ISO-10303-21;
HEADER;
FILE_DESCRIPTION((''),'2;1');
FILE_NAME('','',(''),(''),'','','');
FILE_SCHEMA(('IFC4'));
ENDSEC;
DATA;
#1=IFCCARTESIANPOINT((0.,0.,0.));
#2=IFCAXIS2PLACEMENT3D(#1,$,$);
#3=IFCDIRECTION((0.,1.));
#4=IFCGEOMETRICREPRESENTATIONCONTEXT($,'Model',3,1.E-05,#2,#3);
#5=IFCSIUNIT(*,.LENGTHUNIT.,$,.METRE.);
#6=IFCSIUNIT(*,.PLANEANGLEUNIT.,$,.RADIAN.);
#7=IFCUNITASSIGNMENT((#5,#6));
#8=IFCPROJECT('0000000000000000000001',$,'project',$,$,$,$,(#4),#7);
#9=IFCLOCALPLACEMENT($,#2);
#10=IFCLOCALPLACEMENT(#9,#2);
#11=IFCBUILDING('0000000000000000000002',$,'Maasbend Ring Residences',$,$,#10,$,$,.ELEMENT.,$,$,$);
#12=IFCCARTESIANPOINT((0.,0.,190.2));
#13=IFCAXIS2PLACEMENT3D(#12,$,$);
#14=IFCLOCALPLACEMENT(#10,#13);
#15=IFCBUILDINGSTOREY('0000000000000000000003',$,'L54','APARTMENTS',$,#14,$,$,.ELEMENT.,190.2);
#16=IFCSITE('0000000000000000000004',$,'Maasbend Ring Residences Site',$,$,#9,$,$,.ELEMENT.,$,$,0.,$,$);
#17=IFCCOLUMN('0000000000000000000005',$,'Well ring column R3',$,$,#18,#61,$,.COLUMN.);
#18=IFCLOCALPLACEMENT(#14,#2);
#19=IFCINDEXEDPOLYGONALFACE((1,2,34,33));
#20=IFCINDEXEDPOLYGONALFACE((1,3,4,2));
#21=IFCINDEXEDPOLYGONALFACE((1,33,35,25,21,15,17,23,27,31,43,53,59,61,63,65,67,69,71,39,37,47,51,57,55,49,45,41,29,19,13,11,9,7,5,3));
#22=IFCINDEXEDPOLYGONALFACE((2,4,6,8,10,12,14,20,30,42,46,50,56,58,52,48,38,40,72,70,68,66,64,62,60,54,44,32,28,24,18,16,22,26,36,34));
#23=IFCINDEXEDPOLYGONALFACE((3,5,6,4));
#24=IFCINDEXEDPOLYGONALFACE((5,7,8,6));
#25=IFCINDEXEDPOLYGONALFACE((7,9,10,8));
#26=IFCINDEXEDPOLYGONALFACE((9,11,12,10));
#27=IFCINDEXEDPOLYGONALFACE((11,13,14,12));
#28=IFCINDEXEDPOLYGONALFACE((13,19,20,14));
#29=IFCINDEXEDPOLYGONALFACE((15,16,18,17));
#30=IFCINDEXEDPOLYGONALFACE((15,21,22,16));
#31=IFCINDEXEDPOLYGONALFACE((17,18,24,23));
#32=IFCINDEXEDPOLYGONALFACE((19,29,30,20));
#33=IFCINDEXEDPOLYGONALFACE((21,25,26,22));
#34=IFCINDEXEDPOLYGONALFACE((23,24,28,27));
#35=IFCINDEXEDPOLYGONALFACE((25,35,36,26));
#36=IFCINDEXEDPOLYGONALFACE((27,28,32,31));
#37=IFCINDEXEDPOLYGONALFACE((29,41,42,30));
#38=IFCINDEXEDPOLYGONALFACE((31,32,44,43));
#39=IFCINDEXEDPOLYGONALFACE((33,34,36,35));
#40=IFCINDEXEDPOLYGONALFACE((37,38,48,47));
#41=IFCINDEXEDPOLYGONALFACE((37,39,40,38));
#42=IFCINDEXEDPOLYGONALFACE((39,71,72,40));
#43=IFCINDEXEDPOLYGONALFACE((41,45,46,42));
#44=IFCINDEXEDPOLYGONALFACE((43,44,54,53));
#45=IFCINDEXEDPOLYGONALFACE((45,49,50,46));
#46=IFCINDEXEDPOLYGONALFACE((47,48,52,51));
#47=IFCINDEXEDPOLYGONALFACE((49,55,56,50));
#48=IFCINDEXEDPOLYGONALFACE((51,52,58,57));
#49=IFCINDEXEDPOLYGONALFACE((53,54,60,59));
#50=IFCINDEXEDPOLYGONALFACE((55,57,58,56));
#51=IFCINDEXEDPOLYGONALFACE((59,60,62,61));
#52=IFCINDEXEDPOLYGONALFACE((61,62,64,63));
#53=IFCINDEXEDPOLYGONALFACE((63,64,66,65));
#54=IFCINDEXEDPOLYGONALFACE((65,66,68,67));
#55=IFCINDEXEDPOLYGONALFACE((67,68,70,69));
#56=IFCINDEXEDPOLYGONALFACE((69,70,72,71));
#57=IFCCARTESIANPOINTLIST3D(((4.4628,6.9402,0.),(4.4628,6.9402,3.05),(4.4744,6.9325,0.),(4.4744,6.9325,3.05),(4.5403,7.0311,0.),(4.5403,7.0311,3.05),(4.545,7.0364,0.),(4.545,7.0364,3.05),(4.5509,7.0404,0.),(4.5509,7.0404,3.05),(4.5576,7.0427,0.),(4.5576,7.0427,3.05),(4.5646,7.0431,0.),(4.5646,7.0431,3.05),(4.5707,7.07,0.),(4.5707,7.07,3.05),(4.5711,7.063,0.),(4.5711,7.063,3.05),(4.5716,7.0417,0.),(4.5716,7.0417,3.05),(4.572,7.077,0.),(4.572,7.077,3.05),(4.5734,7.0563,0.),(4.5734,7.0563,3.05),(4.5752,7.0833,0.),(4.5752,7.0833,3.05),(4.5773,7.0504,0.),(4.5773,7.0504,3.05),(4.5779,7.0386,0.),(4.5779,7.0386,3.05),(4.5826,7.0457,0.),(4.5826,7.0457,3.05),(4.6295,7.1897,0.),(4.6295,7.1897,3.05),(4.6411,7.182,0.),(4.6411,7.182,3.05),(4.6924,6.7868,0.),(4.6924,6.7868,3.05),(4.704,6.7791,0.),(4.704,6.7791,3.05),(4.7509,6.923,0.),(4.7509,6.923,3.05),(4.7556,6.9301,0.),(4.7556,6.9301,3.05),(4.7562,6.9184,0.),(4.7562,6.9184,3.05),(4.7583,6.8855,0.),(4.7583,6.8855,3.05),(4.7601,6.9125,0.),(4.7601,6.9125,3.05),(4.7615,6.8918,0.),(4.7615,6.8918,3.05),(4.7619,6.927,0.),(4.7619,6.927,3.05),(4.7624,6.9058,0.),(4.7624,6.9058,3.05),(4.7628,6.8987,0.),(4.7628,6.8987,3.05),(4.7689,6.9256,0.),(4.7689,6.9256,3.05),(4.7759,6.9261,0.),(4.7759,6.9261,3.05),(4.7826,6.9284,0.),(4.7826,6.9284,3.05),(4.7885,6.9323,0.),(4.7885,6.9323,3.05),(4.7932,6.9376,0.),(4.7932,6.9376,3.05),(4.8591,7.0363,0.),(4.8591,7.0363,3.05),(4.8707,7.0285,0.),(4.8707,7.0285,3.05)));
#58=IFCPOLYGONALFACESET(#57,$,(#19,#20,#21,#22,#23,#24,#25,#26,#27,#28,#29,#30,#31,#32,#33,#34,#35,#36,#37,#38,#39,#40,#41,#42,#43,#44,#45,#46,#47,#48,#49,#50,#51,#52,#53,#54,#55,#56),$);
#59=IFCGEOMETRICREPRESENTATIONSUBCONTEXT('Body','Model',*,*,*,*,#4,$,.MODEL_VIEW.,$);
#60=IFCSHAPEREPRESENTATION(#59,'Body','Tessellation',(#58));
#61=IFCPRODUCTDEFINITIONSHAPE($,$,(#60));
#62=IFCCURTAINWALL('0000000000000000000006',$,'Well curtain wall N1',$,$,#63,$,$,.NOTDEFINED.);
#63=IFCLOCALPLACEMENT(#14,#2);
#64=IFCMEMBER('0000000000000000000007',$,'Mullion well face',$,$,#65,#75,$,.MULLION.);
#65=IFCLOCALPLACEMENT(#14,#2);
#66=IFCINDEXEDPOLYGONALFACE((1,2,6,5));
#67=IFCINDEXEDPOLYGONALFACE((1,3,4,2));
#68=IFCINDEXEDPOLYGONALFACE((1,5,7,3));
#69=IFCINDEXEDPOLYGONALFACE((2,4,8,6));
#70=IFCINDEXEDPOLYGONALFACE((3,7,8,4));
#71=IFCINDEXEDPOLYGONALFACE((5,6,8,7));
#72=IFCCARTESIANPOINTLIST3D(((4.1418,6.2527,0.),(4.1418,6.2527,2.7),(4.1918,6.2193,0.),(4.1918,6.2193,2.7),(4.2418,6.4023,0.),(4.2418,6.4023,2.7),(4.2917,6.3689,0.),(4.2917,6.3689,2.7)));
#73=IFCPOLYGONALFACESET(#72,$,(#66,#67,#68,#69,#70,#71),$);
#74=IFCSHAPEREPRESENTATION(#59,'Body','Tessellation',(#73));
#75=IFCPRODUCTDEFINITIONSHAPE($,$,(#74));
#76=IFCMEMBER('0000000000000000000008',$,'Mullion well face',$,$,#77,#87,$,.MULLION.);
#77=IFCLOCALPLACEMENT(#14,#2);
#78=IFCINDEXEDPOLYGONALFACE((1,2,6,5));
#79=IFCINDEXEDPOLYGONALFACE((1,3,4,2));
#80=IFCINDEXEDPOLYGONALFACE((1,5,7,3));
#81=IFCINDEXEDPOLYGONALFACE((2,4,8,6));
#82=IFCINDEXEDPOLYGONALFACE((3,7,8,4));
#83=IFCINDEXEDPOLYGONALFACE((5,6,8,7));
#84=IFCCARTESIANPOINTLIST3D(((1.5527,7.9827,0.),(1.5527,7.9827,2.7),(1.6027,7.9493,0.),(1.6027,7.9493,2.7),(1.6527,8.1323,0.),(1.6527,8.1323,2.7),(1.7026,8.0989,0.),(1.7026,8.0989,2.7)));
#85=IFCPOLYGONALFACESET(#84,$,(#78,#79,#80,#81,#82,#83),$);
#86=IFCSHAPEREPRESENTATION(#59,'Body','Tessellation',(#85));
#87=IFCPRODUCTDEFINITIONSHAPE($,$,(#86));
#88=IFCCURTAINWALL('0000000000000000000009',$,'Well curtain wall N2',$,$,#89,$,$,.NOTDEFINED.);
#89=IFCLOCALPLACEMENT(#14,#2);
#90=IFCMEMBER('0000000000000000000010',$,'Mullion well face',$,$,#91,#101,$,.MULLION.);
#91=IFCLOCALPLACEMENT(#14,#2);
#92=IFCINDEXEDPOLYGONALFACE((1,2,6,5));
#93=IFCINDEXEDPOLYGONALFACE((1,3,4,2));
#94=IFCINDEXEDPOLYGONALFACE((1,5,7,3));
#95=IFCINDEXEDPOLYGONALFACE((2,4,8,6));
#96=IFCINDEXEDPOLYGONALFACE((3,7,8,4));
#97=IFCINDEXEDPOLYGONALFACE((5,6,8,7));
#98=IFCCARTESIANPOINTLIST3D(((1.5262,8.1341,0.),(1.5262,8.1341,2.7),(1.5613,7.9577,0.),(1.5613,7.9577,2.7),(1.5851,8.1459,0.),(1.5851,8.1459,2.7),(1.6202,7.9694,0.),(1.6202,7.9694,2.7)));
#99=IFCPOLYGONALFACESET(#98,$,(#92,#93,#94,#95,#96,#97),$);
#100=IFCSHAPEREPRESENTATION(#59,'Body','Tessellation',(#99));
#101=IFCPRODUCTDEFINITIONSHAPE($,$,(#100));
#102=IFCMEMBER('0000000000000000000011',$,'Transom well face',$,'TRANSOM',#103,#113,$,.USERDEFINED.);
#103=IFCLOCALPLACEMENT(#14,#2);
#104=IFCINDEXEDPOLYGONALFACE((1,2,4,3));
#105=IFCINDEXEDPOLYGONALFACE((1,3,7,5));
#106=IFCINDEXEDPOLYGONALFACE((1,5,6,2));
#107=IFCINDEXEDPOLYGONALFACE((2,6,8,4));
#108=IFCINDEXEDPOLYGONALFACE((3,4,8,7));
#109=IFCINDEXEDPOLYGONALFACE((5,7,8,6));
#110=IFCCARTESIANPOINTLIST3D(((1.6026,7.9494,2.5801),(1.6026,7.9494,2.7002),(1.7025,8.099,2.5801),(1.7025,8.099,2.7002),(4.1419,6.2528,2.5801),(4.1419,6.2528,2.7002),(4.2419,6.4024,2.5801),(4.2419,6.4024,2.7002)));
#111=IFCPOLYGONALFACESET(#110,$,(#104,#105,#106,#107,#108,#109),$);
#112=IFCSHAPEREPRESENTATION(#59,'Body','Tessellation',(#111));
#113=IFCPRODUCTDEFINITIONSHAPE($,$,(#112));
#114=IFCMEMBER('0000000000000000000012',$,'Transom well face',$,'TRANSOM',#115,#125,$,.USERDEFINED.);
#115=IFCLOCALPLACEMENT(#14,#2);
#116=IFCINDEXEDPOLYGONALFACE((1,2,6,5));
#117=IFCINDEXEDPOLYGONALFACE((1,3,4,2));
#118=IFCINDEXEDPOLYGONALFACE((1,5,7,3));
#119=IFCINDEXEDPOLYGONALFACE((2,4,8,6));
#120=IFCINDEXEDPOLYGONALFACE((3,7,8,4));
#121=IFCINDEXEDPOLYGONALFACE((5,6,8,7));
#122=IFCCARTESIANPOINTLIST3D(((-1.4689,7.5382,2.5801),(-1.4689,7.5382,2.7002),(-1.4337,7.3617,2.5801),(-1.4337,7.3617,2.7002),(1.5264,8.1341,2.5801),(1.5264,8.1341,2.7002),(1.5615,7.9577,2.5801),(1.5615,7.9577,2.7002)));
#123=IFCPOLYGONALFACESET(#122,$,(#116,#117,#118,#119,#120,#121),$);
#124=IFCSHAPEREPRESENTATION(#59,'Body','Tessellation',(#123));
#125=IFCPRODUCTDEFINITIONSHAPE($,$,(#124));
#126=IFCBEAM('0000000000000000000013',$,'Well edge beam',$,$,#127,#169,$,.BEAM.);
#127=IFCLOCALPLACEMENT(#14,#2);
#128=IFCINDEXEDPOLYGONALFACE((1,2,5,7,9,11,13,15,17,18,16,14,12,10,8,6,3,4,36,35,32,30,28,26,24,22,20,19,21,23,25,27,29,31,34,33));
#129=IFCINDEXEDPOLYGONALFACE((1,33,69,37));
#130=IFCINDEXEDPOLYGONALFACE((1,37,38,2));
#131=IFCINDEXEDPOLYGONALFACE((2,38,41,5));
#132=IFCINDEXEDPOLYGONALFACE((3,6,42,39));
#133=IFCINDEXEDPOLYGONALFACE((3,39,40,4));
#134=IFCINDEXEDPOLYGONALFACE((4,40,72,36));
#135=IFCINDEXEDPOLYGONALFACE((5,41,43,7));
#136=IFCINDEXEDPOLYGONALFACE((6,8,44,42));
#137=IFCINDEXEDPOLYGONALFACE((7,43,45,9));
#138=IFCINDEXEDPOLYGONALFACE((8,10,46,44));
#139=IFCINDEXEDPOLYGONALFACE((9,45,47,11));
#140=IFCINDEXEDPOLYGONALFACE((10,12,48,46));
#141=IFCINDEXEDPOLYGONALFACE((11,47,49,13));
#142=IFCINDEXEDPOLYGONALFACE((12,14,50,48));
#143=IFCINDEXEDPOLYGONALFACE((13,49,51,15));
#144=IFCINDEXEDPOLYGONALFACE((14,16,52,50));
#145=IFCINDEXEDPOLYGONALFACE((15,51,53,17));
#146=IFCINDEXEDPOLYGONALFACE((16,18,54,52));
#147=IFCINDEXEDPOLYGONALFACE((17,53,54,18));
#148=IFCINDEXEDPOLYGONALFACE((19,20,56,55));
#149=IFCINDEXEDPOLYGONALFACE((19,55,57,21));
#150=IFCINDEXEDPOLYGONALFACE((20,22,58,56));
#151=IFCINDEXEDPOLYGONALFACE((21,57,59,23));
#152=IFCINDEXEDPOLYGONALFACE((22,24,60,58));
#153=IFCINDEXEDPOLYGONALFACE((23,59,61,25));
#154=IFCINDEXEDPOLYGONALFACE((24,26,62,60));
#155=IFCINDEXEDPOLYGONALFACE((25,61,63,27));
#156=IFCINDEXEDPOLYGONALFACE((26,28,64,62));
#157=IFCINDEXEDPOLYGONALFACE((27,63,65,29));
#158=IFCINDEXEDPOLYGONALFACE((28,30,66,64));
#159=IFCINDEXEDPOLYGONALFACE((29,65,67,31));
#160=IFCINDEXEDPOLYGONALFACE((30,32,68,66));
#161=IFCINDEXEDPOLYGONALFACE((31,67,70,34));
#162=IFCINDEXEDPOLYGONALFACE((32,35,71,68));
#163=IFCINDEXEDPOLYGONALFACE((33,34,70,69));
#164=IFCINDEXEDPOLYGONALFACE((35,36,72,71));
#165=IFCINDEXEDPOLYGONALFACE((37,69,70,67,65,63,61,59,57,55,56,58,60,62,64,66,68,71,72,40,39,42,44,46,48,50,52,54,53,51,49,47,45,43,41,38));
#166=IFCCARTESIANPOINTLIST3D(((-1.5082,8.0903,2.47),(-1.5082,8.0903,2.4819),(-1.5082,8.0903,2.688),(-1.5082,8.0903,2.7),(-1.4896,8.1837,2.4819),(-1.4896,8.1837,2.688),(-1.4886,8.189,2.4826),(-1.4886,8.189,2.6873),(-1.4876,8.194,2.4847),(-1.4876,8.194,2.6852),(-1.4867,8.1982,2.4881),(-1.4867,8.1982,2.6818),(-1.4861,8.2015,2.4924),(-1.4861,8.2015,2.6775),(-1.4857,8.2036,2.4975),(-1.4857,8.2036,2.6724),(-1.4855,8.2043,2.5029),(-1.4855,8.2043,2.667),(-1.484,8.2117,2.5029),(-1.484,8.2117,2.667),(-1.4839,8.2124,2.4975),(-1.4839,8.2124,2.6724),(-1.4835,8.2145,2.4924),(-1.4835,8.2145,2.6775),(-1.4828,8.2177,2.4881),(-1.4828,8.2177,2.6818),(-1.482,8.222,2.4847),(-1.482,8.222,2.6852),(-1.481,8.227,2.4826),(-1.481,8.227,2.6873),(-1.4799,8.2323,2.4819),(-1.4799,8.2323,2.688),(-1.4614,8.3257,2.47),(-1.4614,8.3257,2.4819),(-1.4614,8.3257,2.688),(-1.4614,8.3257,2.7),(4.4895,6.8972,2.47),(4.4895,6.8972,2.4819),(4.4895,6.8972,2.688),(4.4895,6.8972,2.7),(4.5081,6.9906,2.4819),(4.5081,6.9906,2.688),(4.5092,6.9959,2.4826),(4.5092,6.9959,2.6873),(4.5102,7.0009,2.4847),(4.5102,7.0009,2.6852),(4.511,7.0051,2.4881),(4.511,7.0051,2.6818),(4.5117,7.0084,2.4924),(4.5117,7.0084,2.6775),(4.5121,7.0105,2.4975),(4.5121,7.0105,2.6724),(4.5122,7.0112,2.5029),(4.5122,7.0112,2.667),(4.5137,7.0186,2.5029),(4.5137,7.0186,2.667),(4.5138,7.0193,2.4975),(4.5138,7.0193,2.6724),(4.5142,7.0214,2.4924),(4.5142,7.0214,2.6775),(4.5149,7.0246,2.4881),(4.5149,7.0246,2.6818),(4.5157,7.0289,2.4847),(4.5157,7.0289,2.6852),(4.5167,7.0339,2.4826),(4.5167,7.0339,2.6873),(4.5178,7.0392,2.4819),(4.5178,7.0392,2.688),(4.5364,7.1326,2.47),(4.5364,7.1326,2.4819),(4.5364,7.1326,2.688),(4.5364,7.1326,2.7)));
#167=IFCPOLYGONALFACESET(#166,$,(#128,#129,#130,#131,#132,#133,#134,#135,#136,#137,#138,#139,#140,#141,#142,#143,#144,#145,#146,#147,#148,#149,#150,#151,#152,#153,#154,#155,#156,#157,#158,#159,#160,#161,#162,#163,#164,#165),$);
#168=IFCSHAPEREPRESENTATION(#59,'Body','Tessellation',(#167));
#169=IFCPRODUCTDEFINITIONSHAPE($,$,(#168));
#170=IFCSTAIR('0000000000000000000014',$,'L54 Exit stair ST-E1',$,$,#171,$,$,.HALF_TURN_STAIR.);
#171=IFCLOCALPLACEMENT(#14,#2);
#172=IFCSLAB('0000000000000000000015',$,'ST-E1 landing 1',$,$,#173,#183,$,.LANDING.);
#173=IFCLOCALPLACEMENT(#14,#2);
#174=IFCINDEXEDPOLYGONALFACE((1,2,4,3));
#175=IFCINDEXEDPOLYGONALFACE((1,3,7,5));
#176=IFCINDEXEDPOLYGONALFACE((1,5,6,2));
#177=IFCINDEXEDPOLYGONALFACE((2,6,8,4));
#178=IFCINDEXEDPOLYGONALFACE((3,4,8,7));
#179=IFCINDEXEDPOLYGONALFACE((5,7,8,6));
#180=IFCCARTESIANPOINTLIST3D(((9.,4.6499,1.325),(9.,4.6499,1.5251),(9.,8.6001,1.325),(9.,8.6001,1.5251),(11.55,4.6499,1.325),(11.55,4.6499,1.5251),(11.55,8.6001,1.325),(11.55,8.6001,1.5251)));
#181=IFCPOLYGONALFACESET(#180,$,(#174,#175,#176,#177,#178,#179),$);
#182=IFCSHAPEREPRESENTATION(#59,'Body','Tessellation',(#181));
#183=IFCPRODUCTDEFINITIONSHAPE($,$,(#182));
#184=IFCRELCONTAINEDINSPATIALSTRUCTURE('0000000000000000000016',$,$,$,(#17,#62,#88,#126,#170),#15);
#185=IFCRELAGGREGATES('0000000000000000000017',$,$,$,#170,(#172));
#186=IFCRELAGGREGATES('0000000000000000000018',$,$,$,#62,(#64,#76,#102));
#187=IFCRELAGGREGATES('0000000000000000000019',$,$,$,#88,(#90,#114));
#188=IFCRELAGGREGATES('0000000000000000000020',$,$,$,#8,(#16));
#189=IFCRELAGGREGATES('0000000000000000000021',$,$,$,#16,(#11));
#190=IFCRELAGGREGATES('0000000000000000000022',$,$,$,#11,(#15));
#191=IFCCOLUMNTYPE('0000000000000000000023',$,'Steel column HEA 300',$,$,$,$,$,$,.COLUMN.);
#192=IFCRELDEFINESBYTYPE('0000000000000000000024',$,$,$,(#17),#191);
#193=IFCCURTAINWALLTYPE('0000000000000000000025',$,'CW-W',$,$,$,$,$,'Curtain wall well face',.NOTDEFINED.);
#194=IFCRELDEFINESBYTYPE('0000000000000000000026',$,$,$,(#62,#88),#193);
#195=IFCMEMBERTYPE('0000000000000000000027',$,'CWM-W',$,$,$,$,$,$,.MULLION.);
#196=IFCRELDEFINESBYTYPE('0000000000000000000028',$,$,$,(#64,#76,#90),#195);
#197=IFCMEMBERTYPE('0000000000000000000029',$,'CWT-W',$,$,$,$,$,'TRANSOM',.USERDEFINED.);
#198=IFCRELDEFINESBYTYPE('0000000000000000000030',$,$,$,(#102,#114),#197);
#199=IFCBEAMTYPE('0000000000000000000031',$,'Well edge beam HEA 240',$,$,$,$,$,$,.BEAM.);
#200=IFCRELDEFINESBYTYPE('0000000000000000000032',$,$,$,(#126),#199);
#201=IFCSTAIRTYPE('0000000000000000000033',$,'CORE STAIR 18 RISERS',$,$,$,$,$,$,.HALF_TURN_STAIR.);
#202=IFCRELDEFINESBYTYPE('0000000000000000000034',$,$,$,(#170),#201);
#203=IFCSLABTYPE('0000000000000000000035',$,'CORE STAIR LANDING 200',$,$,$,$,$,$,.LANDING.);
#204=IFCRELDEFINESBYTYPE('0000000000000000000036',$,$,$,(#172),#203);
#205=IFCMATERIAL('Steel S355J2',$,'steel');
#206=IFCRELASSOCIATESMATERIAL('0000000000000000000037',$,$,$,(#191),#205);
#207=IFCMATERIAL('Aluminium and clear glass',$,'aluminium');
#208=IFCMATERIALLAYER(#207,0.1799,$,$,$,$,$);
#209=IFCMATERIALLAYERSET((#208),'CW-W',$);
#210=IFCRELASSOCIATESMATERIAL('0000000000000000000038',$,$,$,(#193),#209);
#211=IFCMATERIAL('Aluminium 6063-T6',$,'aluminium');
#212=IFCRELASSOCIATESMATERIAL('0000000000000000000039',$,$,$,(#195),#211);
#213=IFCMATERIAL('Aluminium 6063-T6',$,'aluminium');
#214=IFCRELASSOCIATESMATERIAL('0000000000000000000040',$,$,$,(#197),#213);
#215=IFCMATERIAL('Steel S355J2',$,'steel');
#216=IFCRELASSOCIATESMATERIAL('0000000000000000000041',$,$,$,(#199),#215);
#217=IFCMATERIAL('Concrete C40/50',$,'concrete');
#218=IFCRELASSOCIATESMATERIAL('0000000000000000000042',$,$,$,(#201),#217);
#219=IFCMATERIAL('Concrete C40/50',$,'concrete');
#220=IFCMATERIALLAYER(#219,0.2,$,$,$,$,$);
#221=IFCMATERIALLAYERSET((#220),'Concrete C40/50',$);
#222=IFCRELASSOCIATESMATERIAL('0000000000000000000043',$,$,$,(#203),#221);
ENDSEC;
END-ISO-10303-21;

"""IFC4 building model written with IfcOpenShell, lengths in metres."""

from ifc_helpers import new_model, si_unit, direction, frame, origin, origin_2d, place, context, subcontext, project, spatial, polyline, rectangle, i_section, outline, extrude, material, layer, layer_set, material_profile, profile_set, type_object, element, aggregate, save


model = new_model("IFC4")

# Units and contexts
model_context = context("Model", 3, precision=1e-05, world=origin(), true_north=direction((0.0, 1.0)))
body_context = subcontext(model_context, "Body", "Model", "MODEL_VIEW")
ifc_project = project(units=[si_unit("LENGTHUNIT", "METRE"), si_unit("PLANEANGLEUNIT", "RADIAN")], contexts=[model_context])

# Site, building, storey
site_placement = place(None, origin())
site = spatial("IfcSite", under=ifc_project, at=site_placement, Name="Maasbend Ring Residences Site", CompositionType="ELEMENT", RefElevation=0.0)
building_placement = place(site_placement, origin())
building = spatial("IfcBuilding", under=site, at=building_placement, Name="Maasbend Ring Residences", CompositionType="ELEMENT")
storey_placement = place(building_placement, frame((0.0, 0.0, 190.2)))
storey = spatial("IfcBuildingStorey", under=building, at=storey_placement, Name="L54", Description="APARTMENTS", CompositionType="ELEMENT", Elevation=190.2)

# Column
ifc_material_1 = material(Name="Steel S355J2", Category="steel")
ifc_material_profile_1 = material_profile(ifc_material_1, i_section(OverallWidth=0.3, OverallDepth=0.29, WebThickness=0.0085, FlangeThickness=0.0139, FilletRadius=0.0271, at=origin_2d()), Name="HEA 300")
ifc_profile_set_1 = profile_set([ifc_material_profile_1], Name="Steel S355J2")
column_type = type_object("IfcColumnType", Name="Steel column HEA 300", PredefinedType="COLUMN", material=ifc_profile_set_1)
column_placement = place(storey_placement, frame((4.6667, 6.9844, 0.0), z_axis=(0.0, 0.0, 1.0), x_axis=(0.55557, 0.83147, 0.0)))
element("IfcColumn", 1, at=column_placement, inside=storey, type_object=column_type, Name="Well ring column R3", PredefinedType="COLUMN", context=body_context, shape_type="SweptSolid", body=[
    extrude(i_section(OverallWidth=0.3, OverallDepth=0.29, WebThickness=0.0085, FlangeThickness=0.0139, FilletRadius=0.0271, at=origin_2d()), origin(), (0.0, 0.0, 1.0), 3.05),
])

# Curtain wall, members
ifc_material_2 = material(Name="Aluminium and clear glass", Category="aluminium")
ifc_layer_1 = layer(ifc_material_2, 0.1799)
ifc_layer_set_1 = layer_set([ifc_layer_1], Name="CW-W")
curtain_wall_type = type_object("IfcCurtainWallType", Name="CW-W", ElementType="Curtain wall well face", PredefinedType="NOTDEFINED", material=ifc_layer_set_1)
curtain_wall_1_placement = place(storey_placement, origin())
curtain_wall_1 = element("IfcCurtainWall", 2, at=curtain_wall_1_placement, inside=storey, type_object=curtain_wall_type, Name="Well curtain wall N1", PredefinedType="NOTDEFINED")
ifc_material_3 = material(Name="Aluminium 6063-T6", Category="aluminium")
ifc_material_profile_2 = material_profile(ifc_material_3, rectangle(XDim=0.1799, YDim=0.0601, at=origin_2d()), Name="AL 180x60")
ifc_profile_set_2 = profile_set([ifc_material_profile_2], Name="Aluminium 6063-T6")
member_type_1 = type_object("IfcMemberType", Name="CWM-W", PredefinedType="MULLION", material=ifc_profile_set_2)
member_1_placement = place(storey_placement, frame((4.2168, 6.3108, 0.0), z_axis=(0.0, 0.0, 1.0), x_axis=(-0.55557, -0.83147, 0.0)))
member_1 = element("IfcMember", 3, at=member_1_placement, type_object=member_type_1, Name="Mullion well face", PredefinedType="MULLION", context=body_context, shape_type="SweptSolid", body=[
    extrude(rectangle(XDim=0.1799, YDim=0.0601, at=origin_2d()), origin(), (0.0, 0.0, 1.0), 2.7),
])
member_2_placement = place(storey_placement, frame((1.6277, 8.0408, 0.0), z_axis=(0.0, 0.0, 1.0), x_axis=(-0.55557, -0.83147, 0.0)))
member_2 = element("IfcMember", 4, at=member_2_placement, type_object=member_type_1, Name="Mullion well face", PredefinedType="MULLION", context=body_context, shape_type="SweptSolid", body=[
    extrude(rectangle(XDim=0.1799, YDim=0.0601, at=origin_2d()), origin(), (0.0, 0.0, 1.0), 2.7),
])

# Curtain wall, member
curtain_wall_2_placement = place(storey_placement, origin())
curtain_wall_2 = element("IfcCurtainWall", 5, at=curtain_wall_2_placement, inside=storey, type_object=curtain_wall_type, Name="Well curtain wall N2", PredefinedType="NOTDEFINED")
member_3_placement = place(storey_placement, frame((1.5732, 8.0518, 0.0), z_axis=(0.0, 0.0, 1.0), x_axis=(0.19509, -0.980785, 0.0)))
member_3 = element("IfcMember", 6, at=member_3_placement, type_object=member_type_1, Name="Mullion well face", PredefinedType="MULLION", context=body_context, shape_type="SweptSolid", body=[
    extrude(rectangle(XDim=0.1799, YDim=0.0601, at=origin_2d()), origin(), (0.0, 0.0, 1.0), 2.7),
])

# Members
ifc_material_4 = material(Name="Aluminium 6063-T6", Category="aluminium")
ifc_material_profile_3 = material_profile(ifc_material_4, rectangle(XDim=0.1799, YDim=0.1201, at=origin_2d()), Name="AL 180x120")
ifc_profile_set_3 = profile_set([ifc_material_profile_3], Name="Aluminium 6063-T6")
member_type_2 = type_object("IfcMemberType", Name="CWT-W", ElementType="TRANSOM", PredefinedType="USERDEFINED", material=ifc_profile_set_3)
member_4_placement = place(storey_placement, frame((4.1919, 6.3276, 2.6401), z_axis=(-0.831496, 0.55553, 0.0), x_axis=(-0.55553, -0.831496, 0.0)))
member_4 = element("IfcMember", 7, at=member_4_placement, type_object=member_type_2, Name="Transom well face", ObjectType="TRANSOM", PredefinedType="USERDEFINED", context=body_context, shape_type="SweptSolid", body=[
    extrude(rectangle(XDim=0.1799, YDim=0.1201, at=origin_2d()), origin(), (0.0, 0.0, 1.0), 3.054),
])
member_5_placement = place(storey_placement, frame((1.5439, 8.0459, 2.6401), z_axis=(-0.980777, -0.195132, 0.0), x_axis=(0.195132, -0.980777, 0.0)))
member_5 = element("IfcMember", 8, at=member_5_placement, type_object=member_type_2, Name="Transom well face", ObjectType="TRANSOM", PredefinedType="USERDEFINED", context=body_context, shape_type="SweptSolid", body=[
    extrude(rectangle(XDim=0.1799, YDim=0.1201, at=origin_2d()), origin(), (0.0, 0.0, 1.0), 3.054),
])

# Beam
ifc_material_5 = material(Name="Steel S355J2", Category="steel")
ifc_material_profile_4 = material_profile(ifc_material_5, i_section(OverallWidth=0.24, OverallDepth=0.23, WebThickness=0.0076, FlangeThickness=0.012, FilletRadius=0.021, at=origin_2d()), Name="HEA 240")
ifc_profile_set_4 = profile_set([ifc_material_profile_4], Name="Steel S355J2")
beam_type = type_object("IfcBeamType", Name="Well edge beam HEA 240", PredefinedType="BEAM", material=ifc_profile_set_4)
beam_placement = place(storey_placement, frame((4.5129, 7.0149, 2.585), z_axis=(-0.980783, 0.195103, 0.0), x_axis=(-0.195103, -0.980783, 0.0)))
element("IfcBeam", 9, at=beam_placement, inside=storey, type_object=beam_type, Name="Well edge beam", PredefinedType="BEAM", context=body_context, shape_type="SweptSolid", body=[
    extrude(i_section(OverallWidth=0.24, OverallDepth=0.23, WebThickness=0.0076, FlangeThickness=0.012, FilletRadius=0.021, at=origin_2d()), origin(), (0.0, 0.0, 1.0), 6.1152),
])

# Stair, slab
ifc_material_6 = material(Name="Concrete C40/50", Category="concrete")
stair_type = type_object("IfcStairType", Name="CORE STAIR 18 RISERS", PredefinedType="HALF_TURN_STAIR", material=ifc_material_6)
stair_1_placement = place(storey_placement, origin())
stair_1 = element("IfcStair", 10, at=stair_1_placement, inside=storey, type_object=stair_type, Name="L54 Exit stair ST-E1", PredefinedType="HALF_TURN_STAIR")
ifc_material_7 = material(Name="Concrete C40/50", Category="concrete")
ifc_layer_2 = layer(ifc_material_7, 0.2)
ifc_layer_set_2 = layer_set([ifc_layer_2], Name="Concrete C40/50")
slab_type = type_object("IfcSlabType", Name="CORE STAIR LANDING 200", PredefinedType="LANDING", material=ifc_layer_set_2)
slab_1_placement = place(storey_placement, frame((0.0, 0.0, 1.325)))
slab_1 = element("IfcSlab", 11, at=slab_1_placement, type_object=slab_type, Name="ST-E1 landing 1", PredefinedType="LANDING", context=body_context, shape_type="SweptSolid", body=[
    extrude(outline(polyline([(11.55, 8.6001), (9.0, 8.6001), (9.0, 4.6499), (11.55, 4.6499), (11.55, 8.6001)])), origin(), (0.0, 0.0, 1.0), 0.2002),
])
aggregate(stair_1, [slab_1])

aggregate(curtain_wall_1, [member_1, member_2, member_4])
aggregate(curtain_wall_2, [member_3, member_5])

save(model, "model.ifc")
